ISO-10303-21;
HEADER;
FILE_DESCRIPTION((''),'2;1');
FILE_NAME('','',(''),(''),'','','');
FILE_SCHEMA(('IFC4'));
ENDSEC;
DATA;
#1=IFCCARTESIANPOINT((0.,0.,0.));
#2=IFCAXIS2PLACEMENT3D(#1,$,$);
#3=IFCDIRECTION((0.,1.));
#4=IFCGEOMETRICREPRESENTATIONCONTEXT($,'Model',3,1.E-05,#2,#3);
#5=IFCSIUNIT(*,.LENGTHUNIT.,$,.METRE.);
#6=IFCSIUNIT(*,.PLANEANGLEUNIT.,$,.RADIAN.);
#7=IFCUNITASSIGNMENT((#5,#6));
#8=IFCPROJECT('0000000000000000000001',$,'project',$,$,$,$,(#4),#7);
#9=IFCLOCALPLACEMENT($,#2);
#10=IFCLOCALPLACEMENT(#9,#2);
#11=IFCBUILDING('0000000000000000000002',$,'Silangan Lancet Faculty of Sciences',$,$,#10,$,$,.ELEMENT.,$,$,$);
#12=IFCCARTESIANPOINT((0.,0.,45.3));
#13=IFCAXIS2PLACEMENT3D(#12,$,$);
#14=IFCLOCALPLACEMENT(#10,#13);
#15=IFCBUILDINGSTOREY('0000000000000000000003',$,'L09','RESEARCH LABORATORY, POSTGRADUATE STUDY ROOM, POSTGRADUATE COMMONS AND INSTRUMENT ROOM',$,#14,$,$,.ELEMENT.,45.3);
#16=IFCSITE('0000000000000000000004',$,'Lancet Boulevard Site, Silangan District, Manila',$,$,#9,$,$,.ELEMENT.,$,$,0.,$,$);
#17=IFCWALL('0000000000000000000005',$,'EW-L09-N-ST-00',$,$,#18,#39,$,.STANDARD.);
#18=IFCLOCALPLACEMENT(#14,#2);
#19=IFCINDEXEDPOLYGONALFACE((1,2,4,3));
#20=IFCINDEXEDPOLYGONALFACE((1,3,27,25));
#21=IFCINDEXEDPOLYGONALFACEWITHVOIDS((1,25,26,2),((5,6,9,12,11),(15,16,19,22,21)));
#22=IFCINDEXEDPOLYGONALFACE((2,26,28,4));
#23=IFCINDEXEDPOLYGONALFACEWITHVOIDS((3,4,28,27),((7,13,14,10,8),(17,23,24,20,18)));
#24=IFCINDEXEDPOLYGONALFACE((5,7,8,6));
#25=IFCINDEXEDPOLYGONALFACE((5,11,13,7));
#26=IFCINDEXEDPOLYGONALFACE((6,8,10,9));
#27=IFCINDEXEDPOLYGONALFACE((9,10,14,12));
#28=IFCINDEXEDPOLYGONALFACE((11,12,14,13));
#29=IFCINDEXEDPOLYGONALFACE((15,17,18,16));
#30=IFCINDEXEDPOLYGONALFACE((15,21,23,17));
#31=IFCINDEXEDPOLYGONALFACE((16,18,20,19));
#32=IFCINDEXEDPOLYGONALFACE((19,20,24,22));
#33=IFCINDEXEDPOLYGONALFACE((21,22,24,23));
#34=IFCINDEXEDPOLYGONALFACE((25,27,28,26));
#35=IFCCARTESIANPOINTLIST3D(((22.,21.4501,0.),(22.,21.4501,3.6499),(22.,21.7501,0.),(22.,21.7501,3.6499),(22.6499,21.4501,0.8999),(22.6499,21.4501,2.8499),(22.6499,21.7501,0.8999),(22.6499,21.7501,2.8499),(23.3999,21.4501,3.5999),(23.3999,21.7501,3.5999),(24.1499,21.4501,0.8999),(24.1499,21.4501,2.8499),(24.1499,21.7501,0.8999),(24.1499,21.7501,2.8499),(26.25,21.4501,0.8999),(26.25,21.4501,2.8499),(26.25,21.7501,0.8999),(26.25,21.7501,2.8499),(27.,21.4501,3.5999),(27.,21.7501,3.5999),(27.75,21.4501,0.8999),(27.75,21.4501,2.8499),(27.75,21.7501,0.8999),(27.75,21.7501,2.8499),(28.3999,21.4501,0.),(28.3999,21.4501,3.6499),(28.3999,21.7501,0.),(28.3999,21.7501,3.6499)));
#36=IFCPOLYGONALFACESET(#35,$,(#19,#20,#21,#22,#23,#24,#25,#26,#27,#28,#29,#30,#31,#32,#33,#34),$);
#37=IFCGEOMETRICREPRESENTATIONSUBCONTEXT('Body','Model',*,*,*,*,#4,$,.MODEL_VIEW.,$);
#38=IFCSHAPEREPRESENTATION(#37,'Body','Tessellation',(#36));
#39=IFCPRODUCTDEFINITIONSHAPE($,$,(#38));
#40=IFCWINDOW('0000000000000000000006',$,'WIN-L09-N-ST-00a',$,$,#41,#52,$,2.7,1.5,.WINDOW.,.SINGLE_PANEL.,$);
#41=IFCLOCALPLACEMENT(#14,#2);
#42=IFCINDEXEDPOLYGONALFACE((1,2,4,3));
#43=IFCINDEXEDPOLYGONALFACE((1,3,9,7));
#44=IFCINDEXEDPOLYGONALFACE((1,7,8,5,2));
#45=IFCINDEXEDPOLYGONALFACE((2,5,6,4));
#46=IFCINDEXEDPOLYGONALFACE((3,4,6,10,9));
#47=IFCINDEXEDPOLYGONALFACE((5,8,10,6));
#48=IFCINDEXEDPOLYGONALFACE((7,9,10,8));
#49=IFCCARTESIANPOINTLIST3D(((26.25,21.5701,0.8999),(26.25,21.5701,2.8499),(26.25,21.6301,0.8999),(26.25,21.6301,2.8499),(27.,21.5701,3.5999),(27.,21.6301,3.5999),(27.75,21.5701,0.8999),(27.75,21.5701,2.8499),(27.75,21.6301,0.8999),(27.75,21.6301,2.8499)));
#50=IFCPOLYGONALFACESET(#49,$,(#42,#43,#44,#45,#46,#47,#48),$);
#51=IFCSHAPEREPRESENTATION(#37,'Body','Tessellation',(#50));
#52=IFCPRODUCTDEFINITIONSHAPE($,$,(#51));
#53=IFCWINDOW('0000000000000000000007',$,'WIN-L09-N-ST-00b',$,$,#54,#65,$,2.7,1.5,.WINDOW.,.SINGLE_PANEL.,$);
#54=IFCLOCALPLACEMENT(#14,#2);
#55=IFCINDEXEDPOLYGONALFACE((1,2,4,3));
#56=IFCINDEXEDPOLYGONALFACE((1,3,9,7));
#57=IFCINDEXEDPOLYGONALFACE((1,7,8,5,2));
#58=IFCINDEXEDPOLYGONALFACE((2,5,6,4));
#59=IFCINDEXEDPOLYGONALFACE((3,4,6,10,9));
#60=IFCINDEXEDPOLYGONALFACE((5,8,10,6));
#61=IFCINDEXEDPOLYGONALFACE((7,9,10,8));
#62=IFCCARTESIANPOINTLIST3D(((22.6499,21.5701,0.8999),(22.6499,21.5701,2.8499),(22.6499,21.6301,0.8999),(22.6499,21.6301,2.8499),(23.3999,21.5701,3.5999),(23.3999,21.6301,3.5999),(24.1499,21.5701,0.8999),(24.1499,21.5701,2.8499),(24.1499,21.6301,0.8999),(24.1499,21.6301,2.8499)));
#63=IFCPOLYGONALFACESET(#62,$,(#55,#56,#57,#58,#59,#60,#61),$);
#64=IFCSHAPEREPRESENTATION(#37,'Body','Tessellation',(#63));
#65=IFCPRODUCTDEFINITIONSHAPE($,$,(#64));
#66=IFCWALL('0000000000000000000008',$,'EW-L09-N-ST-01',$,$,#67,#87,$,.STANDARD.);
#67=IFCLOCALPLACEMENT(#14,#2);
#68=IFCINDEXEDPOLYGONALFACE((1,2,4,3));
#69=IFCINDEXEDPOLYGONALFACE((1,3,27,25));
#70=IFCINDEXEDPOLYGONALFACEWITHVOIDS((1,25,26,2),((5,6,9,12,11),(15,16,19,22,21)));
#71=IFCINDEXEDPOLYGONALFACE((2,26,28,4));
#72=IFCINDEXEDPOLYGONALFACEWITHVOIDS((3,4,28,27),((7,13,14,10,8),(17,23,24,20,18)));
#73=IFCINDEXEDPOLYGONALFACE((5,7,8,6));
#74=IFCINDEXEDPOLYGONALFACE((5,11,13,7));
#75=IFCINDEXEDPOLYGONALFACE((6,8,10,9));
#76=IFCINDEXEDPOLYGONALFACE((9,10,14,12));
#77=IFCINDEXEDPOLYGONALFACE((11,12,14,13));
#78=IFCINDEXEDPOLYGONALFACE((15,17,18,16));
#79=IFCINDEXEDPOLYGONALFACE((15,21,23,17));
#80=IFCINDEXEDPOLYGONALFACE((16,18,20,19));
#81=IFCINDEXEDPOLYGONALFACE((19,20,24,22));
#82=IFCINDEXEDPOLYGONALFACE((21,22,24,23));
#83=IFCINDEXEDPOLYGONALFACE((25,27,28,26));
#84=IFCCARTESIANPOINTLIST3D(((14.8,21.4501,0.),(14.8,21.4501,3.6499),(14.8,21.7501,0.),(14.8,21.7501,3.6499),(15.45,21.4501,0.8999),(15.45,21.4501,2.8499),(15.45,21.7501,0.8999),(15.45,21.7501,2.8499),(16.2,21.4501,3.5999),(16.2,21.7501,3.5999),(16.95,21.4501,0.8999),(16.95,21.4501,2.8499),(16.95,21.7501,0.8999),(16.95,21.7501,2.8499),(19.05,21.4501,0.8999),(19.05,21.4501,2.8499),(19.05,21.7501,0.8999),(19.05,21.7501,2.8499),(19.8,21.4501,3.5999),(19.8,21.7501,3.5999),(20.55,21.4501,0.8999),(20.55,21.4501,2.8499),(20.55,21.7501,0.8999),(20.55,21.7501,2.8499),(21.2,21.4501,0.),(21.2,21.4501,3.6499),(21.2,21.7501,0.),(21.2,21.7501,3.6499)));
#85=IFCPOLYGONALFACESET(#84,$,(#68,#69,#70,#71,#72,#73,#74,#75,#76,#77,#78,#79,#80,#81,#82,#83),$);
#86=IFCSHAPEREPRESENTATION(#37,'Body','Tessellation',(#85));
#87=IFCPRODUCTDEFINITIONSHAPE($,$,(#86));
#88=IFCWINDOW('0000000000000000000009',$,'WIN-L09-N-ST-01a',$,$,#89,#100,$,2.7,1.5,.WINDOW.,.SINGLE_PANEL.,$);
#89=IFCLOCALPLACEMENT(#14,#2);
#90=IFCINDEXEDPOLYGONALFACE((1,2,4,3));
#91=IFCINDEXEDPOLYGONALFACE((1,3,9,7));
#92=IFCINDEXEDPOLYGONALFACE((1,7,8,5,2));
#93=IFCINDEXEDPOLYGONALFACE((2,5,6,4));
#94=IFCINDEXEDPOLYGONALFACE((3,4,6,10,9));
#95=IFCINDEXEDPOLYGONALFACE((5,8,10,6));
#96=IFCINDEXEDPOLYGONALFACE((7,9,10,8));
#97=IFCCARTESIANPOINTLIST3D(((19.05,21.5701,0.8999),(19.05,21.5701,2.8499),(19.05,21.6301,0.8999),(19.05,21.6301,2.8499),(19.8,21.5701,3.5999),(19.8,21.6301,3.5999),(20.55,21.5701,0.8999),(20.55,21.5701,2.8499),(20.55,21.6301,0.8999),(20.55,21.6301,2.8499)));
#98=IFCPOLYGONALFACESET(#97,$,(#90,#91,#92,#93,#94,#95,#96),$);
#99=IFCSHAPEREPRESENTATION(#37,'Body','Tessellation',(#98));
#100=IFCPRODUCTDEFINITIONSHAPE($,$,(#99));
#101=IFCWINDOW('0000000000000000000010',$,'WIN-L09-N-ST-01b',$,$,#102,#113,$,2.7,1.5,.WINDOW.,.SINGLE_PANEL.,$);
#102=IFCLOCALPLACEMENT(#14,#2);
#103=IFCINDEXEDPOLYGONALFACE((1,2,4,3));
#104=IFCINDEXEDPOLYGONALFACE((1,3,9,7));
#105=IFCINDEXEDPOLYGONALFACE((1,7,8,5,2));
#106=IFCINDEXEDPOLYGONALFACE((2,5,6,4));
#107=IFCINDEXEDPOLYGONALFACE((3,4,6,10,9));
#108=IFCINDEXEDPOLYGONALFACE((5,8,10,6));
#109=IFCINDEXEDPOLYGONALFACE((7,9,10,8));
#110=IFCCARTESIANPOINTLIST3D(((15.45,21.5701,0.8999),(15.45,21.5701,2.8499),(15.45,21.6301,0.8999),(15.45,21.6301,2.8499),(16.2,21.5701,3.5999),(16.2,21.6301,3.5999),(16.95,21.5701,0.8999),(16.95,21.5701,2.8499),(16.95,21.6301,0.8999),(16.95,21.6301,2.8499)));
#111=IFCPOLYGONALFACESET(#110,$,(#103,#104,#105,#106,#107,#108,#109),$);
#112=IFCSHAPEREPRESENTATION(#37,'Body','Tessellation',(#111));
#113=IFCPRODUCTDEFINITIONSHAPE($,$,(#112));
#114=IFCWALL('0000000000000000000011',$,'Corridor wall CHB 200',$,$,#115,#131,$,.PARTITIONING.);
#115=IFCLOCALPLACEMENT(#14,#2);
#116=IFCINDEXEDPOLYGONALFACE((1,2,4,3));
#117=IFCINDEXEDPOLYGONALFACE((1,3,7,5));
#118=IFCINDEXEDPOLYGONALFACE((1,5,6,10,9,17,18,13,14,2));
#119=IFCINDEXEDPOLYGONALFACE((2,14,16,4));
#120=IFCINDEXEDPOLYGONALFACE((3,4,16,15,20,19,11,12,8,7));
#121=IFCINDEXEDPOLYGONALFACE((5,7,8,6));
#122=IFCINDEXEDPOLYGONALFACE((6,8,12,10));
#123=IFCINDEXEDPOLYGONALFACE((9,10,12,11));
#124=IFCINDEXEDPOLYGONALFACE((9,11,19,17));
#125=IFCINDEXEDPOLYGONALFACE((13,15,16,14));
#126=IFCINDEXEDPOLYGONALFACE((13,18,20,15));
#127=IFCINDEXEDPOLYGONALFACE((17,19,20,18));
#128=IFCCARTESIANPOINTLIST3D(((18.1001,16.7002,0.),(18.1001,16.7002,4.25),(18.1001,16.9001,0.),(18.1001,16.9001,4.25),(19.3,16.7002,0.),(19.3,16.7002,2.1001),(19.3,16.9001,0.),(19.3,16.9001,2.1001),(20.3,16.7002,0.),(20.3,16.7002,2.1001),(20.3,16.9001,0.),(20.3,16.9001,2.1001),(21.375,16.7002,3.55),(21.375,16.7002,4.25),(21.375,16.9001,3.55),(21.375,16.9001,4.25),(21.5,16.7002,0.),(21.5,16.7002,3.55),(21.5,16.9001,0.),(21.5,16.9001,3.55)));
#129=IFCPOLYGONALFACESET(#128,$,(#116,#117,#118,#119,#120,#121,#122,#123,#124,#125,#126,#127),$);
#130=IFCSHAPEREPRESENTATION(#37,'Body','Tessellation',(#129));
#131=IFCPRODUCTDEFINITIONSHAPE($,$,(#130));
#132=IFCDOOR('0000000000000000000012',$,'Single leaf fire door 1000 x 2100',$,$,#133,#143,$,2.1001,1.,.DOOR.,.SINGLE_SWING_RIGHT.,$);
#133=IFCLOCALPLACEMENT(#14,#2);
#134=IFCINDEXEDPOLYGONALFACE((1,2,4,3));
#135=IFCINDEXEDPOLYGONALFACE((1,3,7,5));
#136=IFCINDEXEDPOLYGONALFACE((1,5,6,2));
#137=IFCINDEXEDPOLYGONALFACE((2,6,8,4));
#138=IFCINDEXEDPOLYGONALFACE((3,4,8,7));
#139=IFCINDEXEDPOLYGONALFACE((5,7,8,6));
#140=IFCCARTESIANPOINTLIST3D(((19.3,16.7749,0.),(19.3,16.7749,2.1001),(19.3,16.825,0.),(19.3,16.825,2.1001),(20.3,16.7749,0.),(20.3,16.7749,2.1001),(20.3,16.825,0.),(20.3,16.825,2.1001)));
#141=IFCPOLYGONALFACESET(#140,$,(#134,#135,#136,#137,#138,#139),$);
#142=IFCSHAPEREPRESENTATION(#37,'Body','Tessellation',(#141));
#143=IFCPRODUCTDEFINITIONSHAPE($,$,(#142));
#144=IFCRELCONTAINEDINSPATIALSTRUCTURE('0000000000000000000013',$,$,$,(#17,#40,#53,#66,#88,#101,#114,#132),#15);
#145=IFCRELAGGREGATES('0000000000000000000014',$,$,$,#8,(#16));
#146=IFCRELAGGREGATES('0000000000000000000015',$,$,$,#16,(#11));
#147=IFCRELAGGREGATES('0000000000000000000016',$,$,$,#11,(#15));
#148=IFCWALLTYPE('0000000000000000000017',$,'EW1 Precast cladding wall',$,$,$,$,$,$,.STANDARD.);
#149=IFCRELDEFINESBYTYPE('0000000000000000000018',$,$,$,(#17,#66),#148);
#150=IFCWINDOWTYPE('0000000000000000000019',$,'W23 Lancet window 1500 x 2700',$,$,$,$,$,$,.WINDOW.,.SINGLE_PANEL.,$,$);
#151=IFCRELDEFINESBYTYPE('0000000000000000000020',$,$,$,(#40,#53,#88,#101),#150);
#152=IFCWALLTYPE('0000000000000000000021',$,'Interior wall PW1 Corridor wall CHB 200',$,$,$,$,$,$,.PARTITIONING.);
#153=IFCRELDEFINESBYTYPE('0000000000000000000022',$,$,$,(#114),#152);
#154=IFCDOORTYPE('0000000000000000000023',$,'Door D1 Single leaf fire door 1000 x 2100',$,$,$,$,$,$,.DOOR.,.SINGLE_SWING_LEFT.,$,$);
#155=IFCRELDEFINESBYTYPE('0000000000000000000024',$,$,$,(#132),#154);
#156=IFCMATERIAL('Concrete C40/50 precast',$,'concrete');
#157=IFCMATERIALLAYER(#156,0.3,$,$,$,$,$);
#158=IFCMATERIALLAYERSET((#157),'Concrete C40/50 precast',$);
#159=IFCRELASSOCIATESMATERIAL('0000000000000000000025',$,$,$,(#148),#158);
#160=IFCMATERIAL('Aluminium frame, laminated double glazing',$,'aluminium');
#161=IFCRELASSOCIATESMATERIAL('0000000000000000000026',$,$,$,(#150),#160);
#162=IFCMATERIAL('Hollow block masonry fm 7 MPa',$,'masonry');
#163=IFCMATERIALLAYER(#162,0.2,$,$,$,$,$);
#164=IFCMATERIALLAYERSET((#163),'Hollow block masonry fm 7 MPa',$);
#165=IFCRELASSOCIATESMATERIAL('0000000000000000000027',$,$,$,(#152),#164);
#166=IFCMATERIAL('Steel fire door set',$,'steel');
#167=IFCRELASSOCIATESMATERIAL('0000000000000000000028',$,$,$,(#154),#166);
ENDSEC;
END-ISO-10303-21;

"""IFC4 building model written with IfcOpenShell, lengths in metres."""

from ifc_helpers import new_model, si_unit, direction, frame, frame_2d, origin, place, context, subcontext, project, spatial, polyline, rectangle, outline, extrude, material, layer, layer_set, type_object, element, fill, save


model = new_model("IFC4")

# Units and contexts
model_context = context("Model", 3, precision=1e-05, world=origin(), true_north=direction((0.0, 1.0)))
body_context = subcontext(model_context, "Body", "Model", "MODEL_VIEW")
ifc_project = project(units=[si_unit("LENGTHUNIT", "METRE"), si_unit("PLANEANGLEUNIT", "RADIAN")], contexts=[model_context])

# Site, building, storey
site_placement = place(None, origin())
site = spatial("IfcSite", under=ifc_project, at=site_placement, Name="Lancet Boulevard Site, Silangan District, Manila", CompositionType="ELEMENT", RefElevation=0.0)
building_placement = place(site_placement, origin())
building = spatial("IfcBuilding", under=site, at=building_placement, Name="Silangan Lancet Faculty of Sciences", CompositionType="ELEMENT")
storey_placement = place(building_placement, frame((0.0, 0.0, 45.3)))
storey = spatial("IfcBuildingStorey", under=building, at=storey_placement, Name="L09", Description="RESEARCH LABORATORY, POSTGRADUATE STUDY ROOM, POSTGRADUATE COMMONS AND INSTRUMENT ROOM", CompositionType="ELEMENT", Elevation=45.3)

# Walls, openings, windows
ifc_material_1 = material(Name="Concrete C40/50 precast", Category="concrete")
ifc_layer_1 = layer(ifc_material_1, 0.3)
ifc_layer_set_1 = layer_set([ifc_layer_1], Name="Concrete C40/50 precast")
wall_type_1 = type_object("IfcWallType", Name="EW1 Precast cladding wall", PredefinedType="STANDARD", material=ifc_layer_set_1)
ifc_material_2 = material(Name="Aluminium frame, laminated double glazing", Category="aluminium")
window_type = type_object("IfcWindowType", Name="W23 Lancet window 1500 x 2700", PartitioningType="SINGLE_PANEL", PredefinedType="WINDOW", material=ifc_material_2)
wall_1_placement = place(storey_placement, frame((28.3999, 21.6001, 0.0), z_axis=(0.0, 0.0, 1.0), x_axis=(-1.0, 0.0, 0.0)))
wall_1 = element("IfcWall", 1, at=wall_1_placement, inside=storey, type_object=wall_type_1, Name="EW-L09-N-ST-00", PredefinedType="STANDARD", context=body_context, shape_type="SweptSolid", body=[
    extrude(rectangle(XDim=6.3999, YDim=0.3, at=frame_2d((3.2, 0.0))), origin(), (0.0, 0.0, 1.0), 3.6499),
])
opening_1_placement = place(wall_1_placement, frame((0.6499, 0.0, 0.8999)))
opening_1 = element("IfcOpeningElement", 2, at=opening_1_placement, cuts=wall_1, PredefinedType="OPENING", context=body_context, shape_type="SweptSolid", body=[
    extrude(outline(polyline([(0.0, 0.0), (1.5, 0.0), (1.5, 1.95), (0.75, 2.7), (0.0, 1.95), (0.0, 0.0)])), frame((0.0, 0.1599, 0.0), z_axis=(0.0, -1.0, 0.0), x_axis=(1.0, 0.0, 0.0)), (0.0, 0.0, 1.0), 0.3201),
])
opening_2_placement = place(wall_1_placement, frame((4.25, 0.0, 0.8999)))
opening_2 = element("IfcOpeningElement", 3, at=opening_2_placement, cuts=wall_1, PredefinedType="OPENING", context=body_context, shape_type="SweptSolid", body=[
    extrude(outline(polyline([(0.0, 0.0), (1.5, 0.0), (1.5, 1.95), (0.75, 2.7), (0.0, 1.95), (0.0, 0.0)])), frame((0.0, 0.1599, 0.0), z_axis=(0.0, -1.0, 0.0), x_axis=(1.0, 0.0, 0.0)), (0.0, 0.0, 1.0), 0.3201),
])
window_1_placement = place(opening_1_placement, origin())
window_1 = element("IfcWindow", 4, at=window_1_placement, inside=storey, type_object=window_type, Name="WIN-L09-N-ST-00a", OverallHeight=2.7, OverallWidth=1.5, PartitioningType="SINGLE_PANEL", PredefinedType="WINDOW", context=body_context, shape_type="SweptSolid", body=[
    extrude(outline(polyline([(0.0, 0.0), (1.5, 0.0), (1.5, 1.95), (0.75, 2.7), (0.0, 1.95), (0.0, 0.0)])), frame((0.0, 0.03, 0.0), z_axis=(0.0, -1.0, 0.0), x_axis=(1.0, 0.0, 0.0)), (0.0, 0.0, 1.0), 0.0601),
])
fill(opening_1, window_1)
window_2_placement = place(opening_2_placement, origin())
window_2 = element("IfcWindow", 5, at=window_2_placement, inside=storey, type_object=window_type, Name="WIN-L09-N-ST-00b", OverallHeight=2.7, OverallWidth=1.5, PartitioningType="SINGLE_PANEL", PredefinedType="WINDOW", context=body_context, shape_type="SweptSolid", body=[
    extrude(outline(polyline([(0.0, 0.0), (1.5, 0.0), (1.5, 1.95), (0.75, 2.7), (0.0, 1.95), (0.0, 0.0)])), frame((0.0, 0.03, 0.0), z_axis=(0.0, -1.0, 0.0), x_axis=(1.0, 0.0, 0.0)), (0.0, 0.0, 1.0), 0.0601),
])
fill(opening_2, window_2)
wall_2_placement = place(storey_placement, frame((21.2, 21.6001, 0.0), z_axis=(0.0, 0.0, 1.0), x_axis=(-1.0, 0.0, 0.0)))
wall_2 = element("IfcWall", 6, at=wall_2_placement, inside=storey, type_object=wall_type_1, Name="EW-L09-N-ST-01", PredefinedType="STANDARD", context=body_context, shape_type="SweptSolid", body=[
    extrude(rectangle(XDim=6.3999, YDim=0.3, at=frame_2d((3.2, 0.0))), origin(), (0.0, 0.0, 1.0), 3.6499),
])
opening_3_placement = place(wall_2_placement, frame((0.6499, 0.0, 0.8999)))
opening_3 = element("IfcOpeningElement", 7, at=opening_3_placement, cuts=wall_2, PredefinedType="OPENING", context=body_context, shape_type="SweptSolid", body=[
    extrude(outline(polyline([(0.0, 0.0), (1.5, 0.0), (1.5, 1.95), (0.75, 2.7), (0.0, 1.95), (0.0, 0.0)])), frame((0.0, 0.1599, 0.0), z_axis=(0.0, -1.0, 0.0), x_axis=(1.0, 0.0, 0.0)), (0.0, 0.0, 1.0), 0.3201),
])
opening_4_placement = place(wall_2_placement, frame((4.25, 0.0, 0.8999)))
opening_4 = element("IfcOpeningElement", 8, at=opening_4_placement, cuts=wall_2, PredefinedType="OPENING", context=body_context, shape_type="SweptSolid", body=[
    extrude(outline(polyline([(0.0, 0.0), (1.5, 0.0), (1.5, 1.95), (0.75, 2.7), (0.0, 1.95), (0.0, 0.0)])), frame((0.0, 0.1599, 0.0), z_axis=(0.0, -1.0, 0.0), x_axis=(1.0, 0.0, 0.0)), (0.0, 0.0, 1.0), 0.3201),
])
window_3_placement = place(opening_3_placement, origin())
window_3 = element("IfcWindow", 9, at=window_3_placement, inside=storey, type_object=window_type, Name="WIN-L09-N-ST-01a", OverallHeight=2.7, OverallWidth=1.5, PartitioningType="SINGLE_PANEL", PredefinedType="WINDOW", context=body_context, shape_type="SweptSolid", body=[
    extrude(outline(polyline([(0.0, 0.0), (1.5, 0.0), (1.5, 1.95), (0.75, 2.7), (0.0, 1.95), (0.0, 0.0)])), frame((0.0, 0.03, 0.0), z_axis=(0.0, -1.0, 0.0), x_axis=(1.0, 0.0, 0.0)), (0.0, 0.0, 1.0), 0.0601),
])
fill(opening_3, window_3)
window_4_placement = place(opening_4_placement, origin())
window_4 = element("IfcWindow", 10, at=window_4_placement, inside=storey, type_object=window_type, Name="WIN-L09-N-ST-01b", OverallHeight=2.7, OverallWidth=1.5, PartitioningType="SINGLE_PANEL", PredefinedType="WINDOW", context=body_context, shape_type="SweptSolid", body=[
    extrude(outline(polyline([(0.0, 0.0), (1.5, 0.0), (1.5, 1.95), (0.75, 2.7), (0.0, 1.95), (0.0, 0.0)])), frame((0.0, 0.03, 0.0), z_axis=(0.0, -1.0, 0.0), x_axis=(1.0, 0.0, 0.0)), (0.0, 0.0, 1.0), 0.0601),
])
fill(opening_4, window_4)

# Wall, opening, door
ifc_material_3 = material(Name="Hollow block masonry fm 7 MPa", Category="masonry")
ifc_layer_2 = layer(ifc_material_3, 0.2)
ifc_layer_set_2 = layer_set([ifc_layer_2], Name="Hollow block masonry fm 7 MPa")
wall_type_2 = type_object("IfcWallType", Name="Interior wall PW1 Corridor wall CHB 200", PredefinedType="PARTITIONING", material=ifc_layer_set_2)
wall_3_placement = place(storey_placement, frame((18.1001, 16.8, 0.0), z_axis=(0.0, 0.0, 1.0), x_axis=(1.0, 0.0, 0.0)))
wall_3 = element("IfcWall", 11, at=wall_3_placement, inside=storey, type_object=wall_type_2, Name="Corridor wall CHB 200", PredefinedType="PARTITIONING", context=body_context, shape_type="SweptSolid", body=[
    extrude(outline(polyline([(0.0, 0.0), (3.3999, 0.0), (3.3999, 3.55), (3.2749, 3.55), (3.2749, 4.25), (0.0, 4.25), (0.0, 0.0)])), frame((0.0, 0.1001, 0.0), z_axis=(0.0, -1.0, 0.0), x_axis=(1.0, 0.0, 0.0)), (0.0, 0.0, 1.0), 0.2),
])
opening_5_placement = place(wall_3_placement, frame((1.2, 0.0, 0.0)))
opening_5 = element("IfcOpeningElement", 12, at=opening_5_placement, cuts=wall_3, PredefinedType="OPENING", context=body_context, shape_type="SweptSolid", body=[
    extrude(rectangle(XDim=1.0, YDim=2.1001, at=frame_2d((0.5, 1.05))), frame((0.0, 0.1099, 0.0), z_axis=(0.0, -1.0, 0.0), x_axis=(1.0, 0.0, 0.0)), (0.0, 0.0, 1.0), 0.22),
])
ifc_material_4 = material(Name="Steel fire door set", Category="steel")
door_type = type_object("IfcDoorType", Name="Door D1 Single leaf fire door 1000 x 2100", OperationType="SINGLE_SWING_LEFT", PredefinedType="DOOR", material=ifc_material_4)
door_1_placement = place(opening_5_placement, origin())
door_1 = element("IfcDoor", 13, at=door_1_placement, inside=storey, type_object=door_type, Name="Single leaf fire door 1000 x 2100", OperationType="SINGLE_SWING_RIGHT", OverallHeight=2.1001, OverallWidth=1.0, PredefinedType="DOOR", context=body_context, shape_type="SweptSolid", body=[
    extrude(rectangle(XDim=1.0, YDim=2.1001, at=frame_2d((0.5, 1.05))), frame((0.0, 0.0249, 0.0), z_axis=(0.0, -1.0, 0.0), x_axis=(1.0, 0.0, 0.0)), (0.0, 0.0, 1.0), 0.05),
])
fill(opening_5, door_1)

save(model, "model.ifc")
